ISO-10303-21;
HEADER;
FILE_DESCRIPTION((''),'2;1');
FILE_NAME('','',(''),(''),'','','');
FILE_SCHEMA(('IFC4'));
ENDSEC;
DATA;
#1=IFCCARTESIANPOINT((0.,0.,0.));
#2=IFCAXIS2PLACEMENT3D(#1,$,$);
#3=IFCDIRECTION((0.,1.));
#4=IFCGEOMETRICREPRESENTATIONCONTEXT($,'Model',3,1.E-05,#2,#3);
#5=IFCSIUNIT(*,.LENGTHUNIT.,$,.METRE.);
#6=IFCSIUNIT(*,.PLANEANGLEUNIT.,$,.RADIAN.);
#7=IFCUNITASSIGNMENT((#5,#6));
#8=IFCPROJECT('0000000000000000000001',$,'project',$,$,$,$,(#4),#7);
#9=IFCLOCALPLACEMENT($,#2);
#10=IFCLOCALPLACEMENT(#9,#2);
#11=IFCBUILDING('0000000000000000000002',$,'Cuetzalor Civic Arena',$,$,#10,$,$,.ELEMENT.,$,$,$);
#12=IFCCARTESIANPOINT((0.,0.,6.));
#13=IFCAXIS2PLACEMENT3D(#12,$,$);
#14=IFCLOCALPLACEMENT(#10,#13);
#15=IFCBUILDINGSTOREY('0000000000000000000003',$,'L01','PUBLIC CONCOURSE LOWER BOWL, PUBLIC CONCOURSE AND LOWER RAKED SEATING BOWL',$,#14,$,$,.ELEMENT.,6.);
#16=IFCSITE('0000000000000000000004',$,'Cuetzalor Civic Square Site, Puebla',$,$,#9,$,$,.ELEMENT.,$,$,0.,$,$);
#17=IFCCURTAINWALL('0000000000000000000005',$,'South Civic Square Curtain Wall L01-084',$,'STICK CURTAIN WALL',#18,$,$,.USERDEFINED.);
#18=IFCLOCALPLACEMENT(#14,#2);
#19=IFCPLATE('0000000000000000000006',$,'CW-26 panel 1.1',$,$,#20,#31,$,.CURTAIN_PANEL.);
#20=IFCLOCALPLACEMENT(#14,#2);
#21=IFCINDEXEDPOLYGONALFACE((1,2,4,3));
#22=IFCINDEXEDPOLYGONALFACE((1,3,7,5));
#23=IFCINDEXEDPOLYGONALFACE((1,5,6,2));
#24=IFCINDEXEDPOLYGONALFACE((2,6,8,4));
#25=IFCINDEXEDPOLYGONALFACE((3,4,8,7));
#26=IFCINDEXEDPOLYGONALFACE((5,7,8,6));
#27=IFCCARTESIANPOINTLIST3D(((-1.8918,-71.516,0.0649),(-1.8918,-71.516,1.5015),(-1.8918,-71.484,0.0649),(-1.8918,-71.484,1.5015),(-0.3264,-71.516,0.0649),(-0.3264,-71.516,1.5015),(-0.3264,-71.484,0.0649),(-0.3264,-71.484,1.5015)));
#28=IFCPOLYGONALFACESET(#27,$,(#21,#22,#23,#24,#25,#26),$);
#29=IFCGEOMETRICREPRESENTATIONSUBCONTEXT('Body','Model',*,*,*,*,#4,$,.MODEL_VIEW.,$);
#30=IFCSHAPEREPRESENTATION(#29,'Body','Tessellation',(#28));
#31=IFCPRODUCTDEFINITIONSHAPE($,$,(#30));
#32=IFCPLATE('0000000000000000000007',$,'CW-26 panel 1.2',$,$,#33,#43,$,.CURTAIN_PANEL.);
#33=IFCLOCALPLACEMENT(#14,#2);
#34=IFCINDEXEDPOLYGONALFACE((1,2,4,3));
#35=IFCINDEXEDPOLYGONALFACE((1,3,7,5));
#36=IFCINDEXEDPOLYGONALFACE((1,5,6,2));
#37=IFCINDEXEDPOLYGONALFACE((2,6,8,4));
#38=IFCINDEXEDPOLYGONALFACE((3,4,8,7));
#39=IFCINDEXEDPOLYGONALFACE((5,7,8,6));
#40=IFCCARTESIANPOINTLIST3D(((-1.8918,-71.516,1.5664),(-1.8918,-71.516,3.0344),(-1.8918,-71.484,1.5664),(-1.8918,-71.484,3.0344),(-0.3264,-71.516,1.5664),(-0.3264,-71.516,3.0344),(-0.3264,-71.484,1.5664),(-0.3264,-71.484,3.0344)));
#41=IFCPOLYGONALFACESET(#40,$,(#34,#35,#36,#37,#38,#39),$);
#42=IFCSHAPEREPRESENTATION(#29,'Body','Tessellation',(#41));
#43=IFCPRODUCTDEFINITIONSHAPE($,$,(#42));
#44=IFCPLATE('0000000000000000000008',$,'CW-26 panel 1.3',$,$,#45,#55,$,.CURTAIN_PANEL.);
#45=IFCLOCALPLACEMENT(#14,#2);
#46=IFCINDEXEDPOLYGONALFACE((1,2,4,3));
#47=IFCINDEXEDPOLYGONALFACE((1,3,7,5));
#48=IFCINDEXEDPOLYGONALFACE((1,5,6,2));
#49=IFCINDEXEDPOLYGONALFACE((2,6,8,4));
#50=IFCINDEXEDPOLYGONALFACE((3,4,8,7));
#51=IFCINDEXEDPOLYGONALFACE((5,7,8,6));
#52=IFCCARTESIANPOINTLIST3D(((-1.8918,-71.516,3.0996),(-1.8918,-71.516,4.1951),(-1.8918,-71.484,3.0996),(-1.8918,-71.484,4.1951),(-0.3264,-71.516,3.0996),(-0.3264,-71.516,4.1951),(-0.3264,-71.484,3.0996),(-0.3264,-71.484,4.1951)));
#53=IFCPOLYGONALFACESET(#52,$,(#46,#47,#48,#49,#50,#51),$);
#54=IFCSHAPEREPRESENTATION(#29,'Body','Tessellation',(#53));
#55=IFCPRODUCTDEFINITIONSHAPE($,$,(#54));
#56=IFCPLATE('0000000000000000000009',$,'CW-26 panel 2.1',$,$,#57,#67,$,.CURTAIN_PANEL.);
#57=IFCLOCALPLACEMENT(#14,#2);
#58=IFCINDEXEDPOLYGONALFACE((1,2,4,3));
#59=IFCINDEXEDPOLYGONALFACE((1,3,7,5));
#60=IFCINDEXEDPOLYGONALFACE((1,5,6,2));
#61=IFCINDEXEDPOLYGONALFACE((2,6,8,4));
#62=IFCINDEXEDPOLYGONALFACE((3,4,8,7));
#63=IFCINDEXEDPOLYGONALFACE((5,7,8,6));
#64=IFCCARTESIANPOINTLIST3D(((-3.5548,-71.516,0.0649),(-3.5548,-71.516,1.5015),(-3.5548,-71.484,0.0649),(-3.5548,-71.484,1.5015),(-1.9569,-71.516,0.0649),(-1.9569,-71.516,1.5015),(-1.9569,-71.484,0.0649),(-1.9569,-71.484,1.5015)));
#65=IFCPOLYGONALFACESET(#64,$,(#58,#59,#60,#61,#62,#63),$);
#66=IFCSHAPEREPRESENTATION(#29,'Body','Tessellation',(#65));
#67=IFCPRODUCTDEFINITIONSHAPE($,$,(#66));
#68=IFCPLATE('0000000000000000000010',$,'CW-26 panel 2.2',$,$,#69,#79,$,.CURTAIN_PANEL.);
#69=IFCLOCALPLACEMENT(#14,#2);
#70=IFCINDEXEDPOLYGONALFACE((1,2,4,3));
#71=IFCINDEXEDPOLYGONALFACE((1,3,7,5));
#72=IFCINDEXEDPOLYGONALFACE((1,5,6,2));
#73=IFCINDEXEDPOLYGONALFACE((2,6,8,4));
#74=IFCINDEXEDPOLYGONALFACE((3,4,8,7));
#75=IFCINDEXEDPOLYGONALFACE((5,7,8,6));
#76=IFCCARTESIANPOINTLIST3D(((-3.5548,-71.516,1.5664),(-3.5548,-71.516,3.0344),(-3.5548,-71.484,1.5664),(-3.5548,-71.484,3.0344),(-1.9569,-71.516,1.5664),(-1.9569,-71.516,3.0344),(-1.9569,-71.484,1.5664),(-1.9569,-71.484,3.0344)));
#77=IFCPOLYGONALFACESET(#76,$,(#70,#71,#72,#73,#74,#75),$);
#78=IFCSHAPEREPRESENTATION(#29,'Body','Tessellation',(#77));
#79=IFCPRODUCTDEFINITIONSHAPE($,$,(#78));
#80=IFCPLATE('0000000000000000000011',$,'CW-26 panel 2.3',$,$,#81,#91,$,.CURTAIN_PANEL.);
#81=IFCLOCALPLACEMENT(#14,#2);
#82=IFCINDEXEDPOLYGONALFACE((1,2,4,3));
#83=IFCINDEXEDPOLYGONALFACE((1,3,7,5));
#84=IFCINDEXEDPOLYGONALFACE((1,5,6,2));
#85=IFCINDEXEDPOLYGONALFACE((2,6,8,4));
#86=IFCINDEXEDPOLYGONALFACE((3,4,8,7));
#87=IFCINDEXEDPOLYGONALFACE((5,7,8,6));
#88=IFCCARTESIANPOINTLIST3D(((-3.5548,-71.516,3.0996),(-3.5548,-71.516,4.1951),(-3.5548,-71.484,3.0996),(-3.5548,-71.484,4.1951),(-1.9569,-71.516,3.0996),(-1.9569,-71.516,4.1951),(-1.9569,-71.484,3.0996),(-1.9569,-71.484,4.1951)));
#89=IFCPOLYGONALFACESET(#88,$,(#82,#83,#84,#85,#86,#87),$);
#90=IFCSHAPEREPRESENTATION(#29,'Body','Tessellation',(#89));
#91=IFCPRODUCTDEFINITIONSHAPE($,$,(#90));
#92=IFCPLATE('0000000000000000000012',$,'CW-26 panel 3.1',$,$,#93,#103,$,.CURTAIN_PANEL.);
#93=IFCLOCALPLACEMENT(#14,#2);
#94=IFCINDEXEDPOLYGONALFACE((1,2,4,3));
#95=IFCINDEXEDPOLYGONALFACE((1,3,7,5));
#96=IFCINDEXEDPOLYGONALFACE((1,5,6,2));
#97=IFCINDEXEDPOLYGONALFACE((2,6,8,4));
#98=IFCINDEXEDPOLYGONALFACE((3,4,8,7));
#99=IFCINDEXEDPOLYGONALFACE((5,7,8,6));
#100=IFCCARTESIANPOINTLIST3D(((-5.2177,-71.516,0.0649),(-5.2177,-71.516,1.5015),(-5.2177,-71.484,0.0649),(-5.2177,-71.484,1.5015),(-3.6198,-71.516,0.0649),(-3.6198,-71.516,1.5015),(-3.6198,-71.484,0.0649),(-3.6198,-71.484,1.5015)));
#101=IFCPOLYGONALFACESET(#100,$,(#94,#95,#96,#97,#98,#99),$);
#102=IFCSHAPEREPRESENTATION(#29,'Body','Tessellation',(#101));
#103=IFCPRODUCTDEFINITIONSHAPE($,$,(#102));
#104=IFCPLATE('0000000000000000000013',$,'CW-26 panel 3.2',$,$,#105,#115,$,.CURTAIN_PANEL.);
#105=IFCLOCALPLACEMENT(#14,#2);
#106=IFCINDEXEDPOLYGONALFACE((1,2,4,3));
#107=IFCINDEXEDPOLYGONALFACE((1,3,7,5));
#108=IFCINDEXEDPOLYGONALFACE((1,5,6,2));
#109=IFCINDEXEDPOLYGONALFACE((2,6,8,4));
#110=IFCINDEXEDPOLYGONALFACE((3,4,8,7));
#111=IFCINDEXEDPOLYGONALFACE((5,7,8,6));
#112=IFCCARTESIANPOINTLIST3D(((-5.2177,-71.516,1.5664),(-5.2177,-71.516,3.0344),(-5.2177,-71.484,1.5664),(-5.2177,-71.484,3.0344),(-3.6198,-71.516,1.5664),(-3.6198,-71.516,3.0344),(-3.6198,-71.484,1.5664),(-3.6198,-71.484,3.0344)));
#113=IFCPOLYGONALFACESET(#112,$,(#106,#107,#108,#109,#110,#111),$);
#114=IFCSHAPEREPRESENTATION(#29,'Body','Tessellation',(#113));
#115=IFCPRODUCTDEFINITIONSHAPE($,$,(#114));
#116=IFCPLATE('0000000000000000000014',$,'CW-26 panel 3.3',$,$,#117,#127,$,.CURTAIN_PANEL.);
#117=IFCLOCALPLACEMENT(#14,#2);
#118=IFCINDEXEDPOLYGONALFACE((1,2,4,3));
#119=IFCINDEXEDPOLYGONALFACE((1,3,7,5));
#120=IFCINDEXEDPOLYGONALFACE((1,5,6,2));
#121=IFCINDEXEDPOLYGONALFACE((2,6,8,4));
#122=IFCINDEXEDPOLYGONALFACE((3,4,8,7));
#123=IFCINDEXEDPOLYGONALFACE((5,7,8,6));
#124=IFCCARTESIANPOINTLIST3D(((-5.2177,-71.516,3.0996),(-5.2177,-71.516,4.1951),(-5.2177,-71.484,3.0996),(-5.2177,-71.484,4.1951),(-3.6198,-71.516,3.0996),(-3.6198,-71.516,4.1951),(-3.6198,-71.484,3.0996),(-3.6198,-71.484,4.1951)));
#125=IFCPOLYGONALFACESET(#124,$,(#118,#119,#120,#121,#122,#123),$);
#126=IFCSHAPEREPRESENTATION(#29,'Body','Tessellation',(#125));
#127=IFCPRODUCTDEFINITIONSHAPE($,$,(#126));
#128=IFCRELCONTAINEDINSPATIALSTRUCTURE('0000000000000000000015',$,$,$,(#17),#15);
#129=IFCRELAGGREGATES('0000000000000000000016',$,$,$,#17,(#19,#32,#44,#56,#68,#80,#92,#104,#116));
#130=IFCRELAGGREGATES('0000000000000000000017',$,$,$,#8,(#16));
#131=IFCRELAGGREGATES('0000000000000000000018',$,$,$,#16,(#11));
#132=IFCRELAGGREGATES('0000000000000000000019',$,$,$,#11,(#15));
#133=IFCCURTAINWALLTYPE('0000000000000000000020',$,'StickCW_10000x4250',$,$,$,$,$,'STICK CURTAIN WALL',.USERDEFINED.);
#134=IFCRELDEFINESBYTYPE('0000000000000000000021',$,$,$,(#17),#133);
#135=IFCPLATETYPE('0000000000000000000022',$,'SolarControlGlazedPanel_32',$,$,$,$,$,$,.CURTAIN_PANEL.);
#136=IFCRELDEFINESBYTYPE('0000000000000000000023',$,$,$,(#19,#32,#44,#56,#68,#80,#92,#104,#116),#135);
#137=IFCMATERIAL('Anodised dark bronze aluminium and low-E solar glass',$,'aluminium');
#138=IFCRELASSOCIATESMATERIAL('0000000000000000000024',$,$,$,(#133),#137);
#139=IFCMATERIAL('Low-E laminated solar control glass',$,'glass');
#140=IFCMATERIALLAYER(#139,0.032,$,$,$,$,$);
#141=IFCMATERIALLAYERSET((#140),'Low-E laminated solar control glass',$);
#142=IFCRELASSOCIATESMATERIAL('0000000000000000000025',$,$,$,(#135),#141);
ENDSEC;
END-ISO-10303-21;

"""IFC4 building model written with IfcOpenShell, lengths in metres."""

from ifc_helpers import new_model, si_unit, direction, frame, origin, origin_2d, place, context, subcontext, project, spatial, rectangle, extrude, material, layer, layer_set, type_object, element, aggregate, save


model = new_model("IFC4")

# Units and contexts
model_context = context("Model", 3, precision=1e-05, world=origin(), true_north=direction((0.0, 1.0)))
body_context = subcontext(model_context, "Body", "Model", "MODEL_VIEW")
ifc_project = project(units=[si_unit("LENGTHUNIT", "METRE"), si_unit("PLANEANGLEUNIT", "RADIAN")], contexts=[model_context])

# Site, building, storey
site_placement = place(None, origin())
site = spatial("IfcSite", under=ifc_project, at=site_placement, Name="Cuetzalor Civic Square Site, Puebla", CompositionType="ELEMENT", RefElevation=0.0)
building_placement = place(site_placement, origin())
building = spatial("IfcBuilding", under=site, at=building_placement, Name="Cuetzalor Civic Arena", CompositionType="ELEMENT")
storey_placement = place(building_placement, frame((0.0, 0.0, 6.0)))
storey = spatial("IfcBuildingStorey", under=building, at=storey_placement, Name="L01", Description="PUBLIC CONCOURSE LOWER BOWL, PUBLIC CONCOURSE AND LOWER RAKED SEATING BOWL", CompositionType="ELEMENT", Elevation=6.0)

# Curtain wall, plates
ifc_material_1 = material(Name="Anodised dark bronze aluminium and low-E solar glass", Category="aluminium")
curtain_wall_type = type_object("IfcCurtainWallType", Name="StickCW_10000x4250", ElementType="STICK CURTAIN WALL", PredefinedType="USERDEFINED", material=ifc_material_1)
curtain_wall_placement = place(storey_placement, origin())
curtain_wall = element("IfcCurtainWall", 1, at=curtain_wall_placement, inside=storey, type_object=curtain_wall_type, Name="South Civic Square Curtain Wall L01-084", ObjectType="STICK CURTAIN WALL", PredefinedType="USERDEFINED")
ifc_material_2 = material(Name="Low-E laminated solar control glass", Category="glass")
ifc_layer = layer(ifc_material_2, 0.032)
ifc_layer_set = layer_set([ifc_layer], Name="Low-E laminated solar control glass")
plate_type = type_object("IfcPlateType", Name="SolarControlGlazedPanel_32", PredefinedType="CURTAIN_PANEL", material=ifc_layer_set)
plate_1_placement = place(storey_placement, frame((-1.1091, -71.5, 0.0649), z_axis=(0.0, 0.0, 1.0), x_axis=(-1.0, 0.0, 0.0)))
plate_1 = element("IfcPlate", 2, at=plate_1_placement, type_object=plate_type, Name="CW-26 panel 1.1", PredefinedType="CURTAIN_PANEL", context=body_context, shape_type="SweptSolid", body=[
    extrude(rectangle(XDim=1.5654, YDim=0.032, at=origin_2d()), origin(), (0.0, 0.0, 1.0), 1.4365),
])
plate_2_placement = place(storey_placement, frame((-1.1091, -71.5, 1.5664), z_axis=(0.0, 0.0, 1.0), x_axis=(-1.0, 0.0, 0.0)))
plate_2 = element("IfcPlate", 3, at=plate_2_placement, type_object=plate_type, Name="CW-26 panel 1.2", PredefinedType="CURTAIN_PANEL", context=body_context, shape_type="SweptSolid", body=[
    extrude(rectangle(XDim=1.5654, YDim=0.032, at=origin_2d()), origin(), (0.0, 0.0, 1.0), 1.468),
])
plate_3_placement = place(storey_placement, frame((-1.1091, -71.5, 3.0996), z_axis=(0.0, 0.0, 1.0), x_axis=(-1.0, 0.0, 0.0)))
plate_3 = element("IfcPlate", 4, at=plate_3_placement, type_object=plate_type, Name="CW-26 panel 1.3", PredefinedType="CURTAIN_PANEL", context=body_context, shape_type="SweptSolid", body=[
    extrude(rectangle(XDim=1.5654, YDim=0.032, at=origin_2d()), origin(), (0.0, 0.0, 1.0), 1.0955),
])
plate_4_placement = place(storey_placement, frame((-2.7559, -71.5, 0.0649), z_axis=(0.0, 0.0, 1.0), x_axis=(-1.0, 0.0, 0.0)))
plate_4 = element("IfcPlate", 5, at=plate_4_placement, type_object=plate_type, Name="CW-26 panel 2.1", PredefinedType="CURTAIN_PANEL", context=body_context, shape_type="SweptSolid", body=[
    extrude(rectangle(XDim=1.5979, YDim=0.032, at=origin_2d()), origin(), (0.0, 0.0, 1.0), 1.4365),
])
plate_5_placement = place(storey_placement, frame((-2.7559, -71.5, 1.5664), z_axis=(0.0, 0.0, 1.0), x_axis=(-1.0, 0.0, 0.0)))
plate_5 = element("IfcPlate", 6, at=plate_5_placement, type_object=plate_type, Name="CW-26 panel 2.2", PredefinedType="CURTAIN_PANEL", context=body_context, shape_type="SweptSolid", body=[
    extrude(rectangle(XDim=1.5979, YDim=0.032, at=origin_2d()), origin(), (0.0, 0.0, 1.0), 1.468),
])
plate_6_placement = place(storey_placement, frame((-2.7559, -71.5, 3.0996), z_axis=(0.0, 0.0, 1.0), x_axis=(-1.0, 0.0, 0.0)))
plate_6 = element("IfcPlate", 7, at=plate_6_placement, type_object=plate_type, Name="CW-26 panel 2.3", PredefinedType="CURTAIN_PANEL", context=body_context, shape_type="SweptSolid", body=[
    extrude(rectangle(XDim=1.5979, YDim=0.032, at=origin_2d()), origin(), (0.0, 0.0, 1.0), 1.0955),
])
plate_7_placement = place(storey_placement, frame((-4.4187, -71.5, 0.0649), z_axis=(0.0, 0.0, 1.0), x_axis=(-1.0, 0.0, 0.0)))
plate_7 = element("IfcPlate", 8, at=plate_7_placement, type_object=plate_type, Name="CW-26 panel 3.1", PredefinedType="CURTAIN_PANEL", context=body_context, shape_type="SweptSolid", body=[
    extrude(rectangle(XDim=1.5979, YDim=0.032, at=origin_2d()), origin(), (0.0, 0.0, 1.0), 1.4365),
])
plate_8_placement = place(storey_placement, frame((-4.4187, -71.5, 1.5664), z_axis=(0.0, 0.0, 1.0), x_axis=(-1.0, 0.0, 0.0)))
plate_8 = element("IfcPlate", 9, at=plate_8_placement, type_object=plate_type, Name="CW-26 panel 3.2", PredefinedType="CURTAIN_PANEL", context=body_context, shape_type="SweptSolid", body=[
    extrude(rectangle(XDim=1.5979, YDim=0.032, at=origin_2d()), origin(), (0.0, 0.0, 1.0), 1.468),
])
plate_9_placement = place(storey_placement, frame((-4.4187, -71.5, 3.0996), z_axis=(0.0, 0.0, 1.0), x_axis=(-1.0, 0.0, 0.0)))
plate_9 = element("IfcPlate", 10, at=plate_9_placement, type_object=plate_type, Name="CW-26 panel 3.3", PredefinedType="CURTAIN_PANEL", context=body_context, shape_type="SweptSolid", body=[
    extrude(rectangle(XDim=1.5979, YDim=0.032, at=origin_2d()), origin(), (0.0, 0.0, 1.0), 1.0955),
])
aggregate(curtain_wall, [plate_1, plate_2, plate_3, plate_4, plate_5, plate_6, plate_7, plate_8, plate_9])

save(model, "model.ifc")
